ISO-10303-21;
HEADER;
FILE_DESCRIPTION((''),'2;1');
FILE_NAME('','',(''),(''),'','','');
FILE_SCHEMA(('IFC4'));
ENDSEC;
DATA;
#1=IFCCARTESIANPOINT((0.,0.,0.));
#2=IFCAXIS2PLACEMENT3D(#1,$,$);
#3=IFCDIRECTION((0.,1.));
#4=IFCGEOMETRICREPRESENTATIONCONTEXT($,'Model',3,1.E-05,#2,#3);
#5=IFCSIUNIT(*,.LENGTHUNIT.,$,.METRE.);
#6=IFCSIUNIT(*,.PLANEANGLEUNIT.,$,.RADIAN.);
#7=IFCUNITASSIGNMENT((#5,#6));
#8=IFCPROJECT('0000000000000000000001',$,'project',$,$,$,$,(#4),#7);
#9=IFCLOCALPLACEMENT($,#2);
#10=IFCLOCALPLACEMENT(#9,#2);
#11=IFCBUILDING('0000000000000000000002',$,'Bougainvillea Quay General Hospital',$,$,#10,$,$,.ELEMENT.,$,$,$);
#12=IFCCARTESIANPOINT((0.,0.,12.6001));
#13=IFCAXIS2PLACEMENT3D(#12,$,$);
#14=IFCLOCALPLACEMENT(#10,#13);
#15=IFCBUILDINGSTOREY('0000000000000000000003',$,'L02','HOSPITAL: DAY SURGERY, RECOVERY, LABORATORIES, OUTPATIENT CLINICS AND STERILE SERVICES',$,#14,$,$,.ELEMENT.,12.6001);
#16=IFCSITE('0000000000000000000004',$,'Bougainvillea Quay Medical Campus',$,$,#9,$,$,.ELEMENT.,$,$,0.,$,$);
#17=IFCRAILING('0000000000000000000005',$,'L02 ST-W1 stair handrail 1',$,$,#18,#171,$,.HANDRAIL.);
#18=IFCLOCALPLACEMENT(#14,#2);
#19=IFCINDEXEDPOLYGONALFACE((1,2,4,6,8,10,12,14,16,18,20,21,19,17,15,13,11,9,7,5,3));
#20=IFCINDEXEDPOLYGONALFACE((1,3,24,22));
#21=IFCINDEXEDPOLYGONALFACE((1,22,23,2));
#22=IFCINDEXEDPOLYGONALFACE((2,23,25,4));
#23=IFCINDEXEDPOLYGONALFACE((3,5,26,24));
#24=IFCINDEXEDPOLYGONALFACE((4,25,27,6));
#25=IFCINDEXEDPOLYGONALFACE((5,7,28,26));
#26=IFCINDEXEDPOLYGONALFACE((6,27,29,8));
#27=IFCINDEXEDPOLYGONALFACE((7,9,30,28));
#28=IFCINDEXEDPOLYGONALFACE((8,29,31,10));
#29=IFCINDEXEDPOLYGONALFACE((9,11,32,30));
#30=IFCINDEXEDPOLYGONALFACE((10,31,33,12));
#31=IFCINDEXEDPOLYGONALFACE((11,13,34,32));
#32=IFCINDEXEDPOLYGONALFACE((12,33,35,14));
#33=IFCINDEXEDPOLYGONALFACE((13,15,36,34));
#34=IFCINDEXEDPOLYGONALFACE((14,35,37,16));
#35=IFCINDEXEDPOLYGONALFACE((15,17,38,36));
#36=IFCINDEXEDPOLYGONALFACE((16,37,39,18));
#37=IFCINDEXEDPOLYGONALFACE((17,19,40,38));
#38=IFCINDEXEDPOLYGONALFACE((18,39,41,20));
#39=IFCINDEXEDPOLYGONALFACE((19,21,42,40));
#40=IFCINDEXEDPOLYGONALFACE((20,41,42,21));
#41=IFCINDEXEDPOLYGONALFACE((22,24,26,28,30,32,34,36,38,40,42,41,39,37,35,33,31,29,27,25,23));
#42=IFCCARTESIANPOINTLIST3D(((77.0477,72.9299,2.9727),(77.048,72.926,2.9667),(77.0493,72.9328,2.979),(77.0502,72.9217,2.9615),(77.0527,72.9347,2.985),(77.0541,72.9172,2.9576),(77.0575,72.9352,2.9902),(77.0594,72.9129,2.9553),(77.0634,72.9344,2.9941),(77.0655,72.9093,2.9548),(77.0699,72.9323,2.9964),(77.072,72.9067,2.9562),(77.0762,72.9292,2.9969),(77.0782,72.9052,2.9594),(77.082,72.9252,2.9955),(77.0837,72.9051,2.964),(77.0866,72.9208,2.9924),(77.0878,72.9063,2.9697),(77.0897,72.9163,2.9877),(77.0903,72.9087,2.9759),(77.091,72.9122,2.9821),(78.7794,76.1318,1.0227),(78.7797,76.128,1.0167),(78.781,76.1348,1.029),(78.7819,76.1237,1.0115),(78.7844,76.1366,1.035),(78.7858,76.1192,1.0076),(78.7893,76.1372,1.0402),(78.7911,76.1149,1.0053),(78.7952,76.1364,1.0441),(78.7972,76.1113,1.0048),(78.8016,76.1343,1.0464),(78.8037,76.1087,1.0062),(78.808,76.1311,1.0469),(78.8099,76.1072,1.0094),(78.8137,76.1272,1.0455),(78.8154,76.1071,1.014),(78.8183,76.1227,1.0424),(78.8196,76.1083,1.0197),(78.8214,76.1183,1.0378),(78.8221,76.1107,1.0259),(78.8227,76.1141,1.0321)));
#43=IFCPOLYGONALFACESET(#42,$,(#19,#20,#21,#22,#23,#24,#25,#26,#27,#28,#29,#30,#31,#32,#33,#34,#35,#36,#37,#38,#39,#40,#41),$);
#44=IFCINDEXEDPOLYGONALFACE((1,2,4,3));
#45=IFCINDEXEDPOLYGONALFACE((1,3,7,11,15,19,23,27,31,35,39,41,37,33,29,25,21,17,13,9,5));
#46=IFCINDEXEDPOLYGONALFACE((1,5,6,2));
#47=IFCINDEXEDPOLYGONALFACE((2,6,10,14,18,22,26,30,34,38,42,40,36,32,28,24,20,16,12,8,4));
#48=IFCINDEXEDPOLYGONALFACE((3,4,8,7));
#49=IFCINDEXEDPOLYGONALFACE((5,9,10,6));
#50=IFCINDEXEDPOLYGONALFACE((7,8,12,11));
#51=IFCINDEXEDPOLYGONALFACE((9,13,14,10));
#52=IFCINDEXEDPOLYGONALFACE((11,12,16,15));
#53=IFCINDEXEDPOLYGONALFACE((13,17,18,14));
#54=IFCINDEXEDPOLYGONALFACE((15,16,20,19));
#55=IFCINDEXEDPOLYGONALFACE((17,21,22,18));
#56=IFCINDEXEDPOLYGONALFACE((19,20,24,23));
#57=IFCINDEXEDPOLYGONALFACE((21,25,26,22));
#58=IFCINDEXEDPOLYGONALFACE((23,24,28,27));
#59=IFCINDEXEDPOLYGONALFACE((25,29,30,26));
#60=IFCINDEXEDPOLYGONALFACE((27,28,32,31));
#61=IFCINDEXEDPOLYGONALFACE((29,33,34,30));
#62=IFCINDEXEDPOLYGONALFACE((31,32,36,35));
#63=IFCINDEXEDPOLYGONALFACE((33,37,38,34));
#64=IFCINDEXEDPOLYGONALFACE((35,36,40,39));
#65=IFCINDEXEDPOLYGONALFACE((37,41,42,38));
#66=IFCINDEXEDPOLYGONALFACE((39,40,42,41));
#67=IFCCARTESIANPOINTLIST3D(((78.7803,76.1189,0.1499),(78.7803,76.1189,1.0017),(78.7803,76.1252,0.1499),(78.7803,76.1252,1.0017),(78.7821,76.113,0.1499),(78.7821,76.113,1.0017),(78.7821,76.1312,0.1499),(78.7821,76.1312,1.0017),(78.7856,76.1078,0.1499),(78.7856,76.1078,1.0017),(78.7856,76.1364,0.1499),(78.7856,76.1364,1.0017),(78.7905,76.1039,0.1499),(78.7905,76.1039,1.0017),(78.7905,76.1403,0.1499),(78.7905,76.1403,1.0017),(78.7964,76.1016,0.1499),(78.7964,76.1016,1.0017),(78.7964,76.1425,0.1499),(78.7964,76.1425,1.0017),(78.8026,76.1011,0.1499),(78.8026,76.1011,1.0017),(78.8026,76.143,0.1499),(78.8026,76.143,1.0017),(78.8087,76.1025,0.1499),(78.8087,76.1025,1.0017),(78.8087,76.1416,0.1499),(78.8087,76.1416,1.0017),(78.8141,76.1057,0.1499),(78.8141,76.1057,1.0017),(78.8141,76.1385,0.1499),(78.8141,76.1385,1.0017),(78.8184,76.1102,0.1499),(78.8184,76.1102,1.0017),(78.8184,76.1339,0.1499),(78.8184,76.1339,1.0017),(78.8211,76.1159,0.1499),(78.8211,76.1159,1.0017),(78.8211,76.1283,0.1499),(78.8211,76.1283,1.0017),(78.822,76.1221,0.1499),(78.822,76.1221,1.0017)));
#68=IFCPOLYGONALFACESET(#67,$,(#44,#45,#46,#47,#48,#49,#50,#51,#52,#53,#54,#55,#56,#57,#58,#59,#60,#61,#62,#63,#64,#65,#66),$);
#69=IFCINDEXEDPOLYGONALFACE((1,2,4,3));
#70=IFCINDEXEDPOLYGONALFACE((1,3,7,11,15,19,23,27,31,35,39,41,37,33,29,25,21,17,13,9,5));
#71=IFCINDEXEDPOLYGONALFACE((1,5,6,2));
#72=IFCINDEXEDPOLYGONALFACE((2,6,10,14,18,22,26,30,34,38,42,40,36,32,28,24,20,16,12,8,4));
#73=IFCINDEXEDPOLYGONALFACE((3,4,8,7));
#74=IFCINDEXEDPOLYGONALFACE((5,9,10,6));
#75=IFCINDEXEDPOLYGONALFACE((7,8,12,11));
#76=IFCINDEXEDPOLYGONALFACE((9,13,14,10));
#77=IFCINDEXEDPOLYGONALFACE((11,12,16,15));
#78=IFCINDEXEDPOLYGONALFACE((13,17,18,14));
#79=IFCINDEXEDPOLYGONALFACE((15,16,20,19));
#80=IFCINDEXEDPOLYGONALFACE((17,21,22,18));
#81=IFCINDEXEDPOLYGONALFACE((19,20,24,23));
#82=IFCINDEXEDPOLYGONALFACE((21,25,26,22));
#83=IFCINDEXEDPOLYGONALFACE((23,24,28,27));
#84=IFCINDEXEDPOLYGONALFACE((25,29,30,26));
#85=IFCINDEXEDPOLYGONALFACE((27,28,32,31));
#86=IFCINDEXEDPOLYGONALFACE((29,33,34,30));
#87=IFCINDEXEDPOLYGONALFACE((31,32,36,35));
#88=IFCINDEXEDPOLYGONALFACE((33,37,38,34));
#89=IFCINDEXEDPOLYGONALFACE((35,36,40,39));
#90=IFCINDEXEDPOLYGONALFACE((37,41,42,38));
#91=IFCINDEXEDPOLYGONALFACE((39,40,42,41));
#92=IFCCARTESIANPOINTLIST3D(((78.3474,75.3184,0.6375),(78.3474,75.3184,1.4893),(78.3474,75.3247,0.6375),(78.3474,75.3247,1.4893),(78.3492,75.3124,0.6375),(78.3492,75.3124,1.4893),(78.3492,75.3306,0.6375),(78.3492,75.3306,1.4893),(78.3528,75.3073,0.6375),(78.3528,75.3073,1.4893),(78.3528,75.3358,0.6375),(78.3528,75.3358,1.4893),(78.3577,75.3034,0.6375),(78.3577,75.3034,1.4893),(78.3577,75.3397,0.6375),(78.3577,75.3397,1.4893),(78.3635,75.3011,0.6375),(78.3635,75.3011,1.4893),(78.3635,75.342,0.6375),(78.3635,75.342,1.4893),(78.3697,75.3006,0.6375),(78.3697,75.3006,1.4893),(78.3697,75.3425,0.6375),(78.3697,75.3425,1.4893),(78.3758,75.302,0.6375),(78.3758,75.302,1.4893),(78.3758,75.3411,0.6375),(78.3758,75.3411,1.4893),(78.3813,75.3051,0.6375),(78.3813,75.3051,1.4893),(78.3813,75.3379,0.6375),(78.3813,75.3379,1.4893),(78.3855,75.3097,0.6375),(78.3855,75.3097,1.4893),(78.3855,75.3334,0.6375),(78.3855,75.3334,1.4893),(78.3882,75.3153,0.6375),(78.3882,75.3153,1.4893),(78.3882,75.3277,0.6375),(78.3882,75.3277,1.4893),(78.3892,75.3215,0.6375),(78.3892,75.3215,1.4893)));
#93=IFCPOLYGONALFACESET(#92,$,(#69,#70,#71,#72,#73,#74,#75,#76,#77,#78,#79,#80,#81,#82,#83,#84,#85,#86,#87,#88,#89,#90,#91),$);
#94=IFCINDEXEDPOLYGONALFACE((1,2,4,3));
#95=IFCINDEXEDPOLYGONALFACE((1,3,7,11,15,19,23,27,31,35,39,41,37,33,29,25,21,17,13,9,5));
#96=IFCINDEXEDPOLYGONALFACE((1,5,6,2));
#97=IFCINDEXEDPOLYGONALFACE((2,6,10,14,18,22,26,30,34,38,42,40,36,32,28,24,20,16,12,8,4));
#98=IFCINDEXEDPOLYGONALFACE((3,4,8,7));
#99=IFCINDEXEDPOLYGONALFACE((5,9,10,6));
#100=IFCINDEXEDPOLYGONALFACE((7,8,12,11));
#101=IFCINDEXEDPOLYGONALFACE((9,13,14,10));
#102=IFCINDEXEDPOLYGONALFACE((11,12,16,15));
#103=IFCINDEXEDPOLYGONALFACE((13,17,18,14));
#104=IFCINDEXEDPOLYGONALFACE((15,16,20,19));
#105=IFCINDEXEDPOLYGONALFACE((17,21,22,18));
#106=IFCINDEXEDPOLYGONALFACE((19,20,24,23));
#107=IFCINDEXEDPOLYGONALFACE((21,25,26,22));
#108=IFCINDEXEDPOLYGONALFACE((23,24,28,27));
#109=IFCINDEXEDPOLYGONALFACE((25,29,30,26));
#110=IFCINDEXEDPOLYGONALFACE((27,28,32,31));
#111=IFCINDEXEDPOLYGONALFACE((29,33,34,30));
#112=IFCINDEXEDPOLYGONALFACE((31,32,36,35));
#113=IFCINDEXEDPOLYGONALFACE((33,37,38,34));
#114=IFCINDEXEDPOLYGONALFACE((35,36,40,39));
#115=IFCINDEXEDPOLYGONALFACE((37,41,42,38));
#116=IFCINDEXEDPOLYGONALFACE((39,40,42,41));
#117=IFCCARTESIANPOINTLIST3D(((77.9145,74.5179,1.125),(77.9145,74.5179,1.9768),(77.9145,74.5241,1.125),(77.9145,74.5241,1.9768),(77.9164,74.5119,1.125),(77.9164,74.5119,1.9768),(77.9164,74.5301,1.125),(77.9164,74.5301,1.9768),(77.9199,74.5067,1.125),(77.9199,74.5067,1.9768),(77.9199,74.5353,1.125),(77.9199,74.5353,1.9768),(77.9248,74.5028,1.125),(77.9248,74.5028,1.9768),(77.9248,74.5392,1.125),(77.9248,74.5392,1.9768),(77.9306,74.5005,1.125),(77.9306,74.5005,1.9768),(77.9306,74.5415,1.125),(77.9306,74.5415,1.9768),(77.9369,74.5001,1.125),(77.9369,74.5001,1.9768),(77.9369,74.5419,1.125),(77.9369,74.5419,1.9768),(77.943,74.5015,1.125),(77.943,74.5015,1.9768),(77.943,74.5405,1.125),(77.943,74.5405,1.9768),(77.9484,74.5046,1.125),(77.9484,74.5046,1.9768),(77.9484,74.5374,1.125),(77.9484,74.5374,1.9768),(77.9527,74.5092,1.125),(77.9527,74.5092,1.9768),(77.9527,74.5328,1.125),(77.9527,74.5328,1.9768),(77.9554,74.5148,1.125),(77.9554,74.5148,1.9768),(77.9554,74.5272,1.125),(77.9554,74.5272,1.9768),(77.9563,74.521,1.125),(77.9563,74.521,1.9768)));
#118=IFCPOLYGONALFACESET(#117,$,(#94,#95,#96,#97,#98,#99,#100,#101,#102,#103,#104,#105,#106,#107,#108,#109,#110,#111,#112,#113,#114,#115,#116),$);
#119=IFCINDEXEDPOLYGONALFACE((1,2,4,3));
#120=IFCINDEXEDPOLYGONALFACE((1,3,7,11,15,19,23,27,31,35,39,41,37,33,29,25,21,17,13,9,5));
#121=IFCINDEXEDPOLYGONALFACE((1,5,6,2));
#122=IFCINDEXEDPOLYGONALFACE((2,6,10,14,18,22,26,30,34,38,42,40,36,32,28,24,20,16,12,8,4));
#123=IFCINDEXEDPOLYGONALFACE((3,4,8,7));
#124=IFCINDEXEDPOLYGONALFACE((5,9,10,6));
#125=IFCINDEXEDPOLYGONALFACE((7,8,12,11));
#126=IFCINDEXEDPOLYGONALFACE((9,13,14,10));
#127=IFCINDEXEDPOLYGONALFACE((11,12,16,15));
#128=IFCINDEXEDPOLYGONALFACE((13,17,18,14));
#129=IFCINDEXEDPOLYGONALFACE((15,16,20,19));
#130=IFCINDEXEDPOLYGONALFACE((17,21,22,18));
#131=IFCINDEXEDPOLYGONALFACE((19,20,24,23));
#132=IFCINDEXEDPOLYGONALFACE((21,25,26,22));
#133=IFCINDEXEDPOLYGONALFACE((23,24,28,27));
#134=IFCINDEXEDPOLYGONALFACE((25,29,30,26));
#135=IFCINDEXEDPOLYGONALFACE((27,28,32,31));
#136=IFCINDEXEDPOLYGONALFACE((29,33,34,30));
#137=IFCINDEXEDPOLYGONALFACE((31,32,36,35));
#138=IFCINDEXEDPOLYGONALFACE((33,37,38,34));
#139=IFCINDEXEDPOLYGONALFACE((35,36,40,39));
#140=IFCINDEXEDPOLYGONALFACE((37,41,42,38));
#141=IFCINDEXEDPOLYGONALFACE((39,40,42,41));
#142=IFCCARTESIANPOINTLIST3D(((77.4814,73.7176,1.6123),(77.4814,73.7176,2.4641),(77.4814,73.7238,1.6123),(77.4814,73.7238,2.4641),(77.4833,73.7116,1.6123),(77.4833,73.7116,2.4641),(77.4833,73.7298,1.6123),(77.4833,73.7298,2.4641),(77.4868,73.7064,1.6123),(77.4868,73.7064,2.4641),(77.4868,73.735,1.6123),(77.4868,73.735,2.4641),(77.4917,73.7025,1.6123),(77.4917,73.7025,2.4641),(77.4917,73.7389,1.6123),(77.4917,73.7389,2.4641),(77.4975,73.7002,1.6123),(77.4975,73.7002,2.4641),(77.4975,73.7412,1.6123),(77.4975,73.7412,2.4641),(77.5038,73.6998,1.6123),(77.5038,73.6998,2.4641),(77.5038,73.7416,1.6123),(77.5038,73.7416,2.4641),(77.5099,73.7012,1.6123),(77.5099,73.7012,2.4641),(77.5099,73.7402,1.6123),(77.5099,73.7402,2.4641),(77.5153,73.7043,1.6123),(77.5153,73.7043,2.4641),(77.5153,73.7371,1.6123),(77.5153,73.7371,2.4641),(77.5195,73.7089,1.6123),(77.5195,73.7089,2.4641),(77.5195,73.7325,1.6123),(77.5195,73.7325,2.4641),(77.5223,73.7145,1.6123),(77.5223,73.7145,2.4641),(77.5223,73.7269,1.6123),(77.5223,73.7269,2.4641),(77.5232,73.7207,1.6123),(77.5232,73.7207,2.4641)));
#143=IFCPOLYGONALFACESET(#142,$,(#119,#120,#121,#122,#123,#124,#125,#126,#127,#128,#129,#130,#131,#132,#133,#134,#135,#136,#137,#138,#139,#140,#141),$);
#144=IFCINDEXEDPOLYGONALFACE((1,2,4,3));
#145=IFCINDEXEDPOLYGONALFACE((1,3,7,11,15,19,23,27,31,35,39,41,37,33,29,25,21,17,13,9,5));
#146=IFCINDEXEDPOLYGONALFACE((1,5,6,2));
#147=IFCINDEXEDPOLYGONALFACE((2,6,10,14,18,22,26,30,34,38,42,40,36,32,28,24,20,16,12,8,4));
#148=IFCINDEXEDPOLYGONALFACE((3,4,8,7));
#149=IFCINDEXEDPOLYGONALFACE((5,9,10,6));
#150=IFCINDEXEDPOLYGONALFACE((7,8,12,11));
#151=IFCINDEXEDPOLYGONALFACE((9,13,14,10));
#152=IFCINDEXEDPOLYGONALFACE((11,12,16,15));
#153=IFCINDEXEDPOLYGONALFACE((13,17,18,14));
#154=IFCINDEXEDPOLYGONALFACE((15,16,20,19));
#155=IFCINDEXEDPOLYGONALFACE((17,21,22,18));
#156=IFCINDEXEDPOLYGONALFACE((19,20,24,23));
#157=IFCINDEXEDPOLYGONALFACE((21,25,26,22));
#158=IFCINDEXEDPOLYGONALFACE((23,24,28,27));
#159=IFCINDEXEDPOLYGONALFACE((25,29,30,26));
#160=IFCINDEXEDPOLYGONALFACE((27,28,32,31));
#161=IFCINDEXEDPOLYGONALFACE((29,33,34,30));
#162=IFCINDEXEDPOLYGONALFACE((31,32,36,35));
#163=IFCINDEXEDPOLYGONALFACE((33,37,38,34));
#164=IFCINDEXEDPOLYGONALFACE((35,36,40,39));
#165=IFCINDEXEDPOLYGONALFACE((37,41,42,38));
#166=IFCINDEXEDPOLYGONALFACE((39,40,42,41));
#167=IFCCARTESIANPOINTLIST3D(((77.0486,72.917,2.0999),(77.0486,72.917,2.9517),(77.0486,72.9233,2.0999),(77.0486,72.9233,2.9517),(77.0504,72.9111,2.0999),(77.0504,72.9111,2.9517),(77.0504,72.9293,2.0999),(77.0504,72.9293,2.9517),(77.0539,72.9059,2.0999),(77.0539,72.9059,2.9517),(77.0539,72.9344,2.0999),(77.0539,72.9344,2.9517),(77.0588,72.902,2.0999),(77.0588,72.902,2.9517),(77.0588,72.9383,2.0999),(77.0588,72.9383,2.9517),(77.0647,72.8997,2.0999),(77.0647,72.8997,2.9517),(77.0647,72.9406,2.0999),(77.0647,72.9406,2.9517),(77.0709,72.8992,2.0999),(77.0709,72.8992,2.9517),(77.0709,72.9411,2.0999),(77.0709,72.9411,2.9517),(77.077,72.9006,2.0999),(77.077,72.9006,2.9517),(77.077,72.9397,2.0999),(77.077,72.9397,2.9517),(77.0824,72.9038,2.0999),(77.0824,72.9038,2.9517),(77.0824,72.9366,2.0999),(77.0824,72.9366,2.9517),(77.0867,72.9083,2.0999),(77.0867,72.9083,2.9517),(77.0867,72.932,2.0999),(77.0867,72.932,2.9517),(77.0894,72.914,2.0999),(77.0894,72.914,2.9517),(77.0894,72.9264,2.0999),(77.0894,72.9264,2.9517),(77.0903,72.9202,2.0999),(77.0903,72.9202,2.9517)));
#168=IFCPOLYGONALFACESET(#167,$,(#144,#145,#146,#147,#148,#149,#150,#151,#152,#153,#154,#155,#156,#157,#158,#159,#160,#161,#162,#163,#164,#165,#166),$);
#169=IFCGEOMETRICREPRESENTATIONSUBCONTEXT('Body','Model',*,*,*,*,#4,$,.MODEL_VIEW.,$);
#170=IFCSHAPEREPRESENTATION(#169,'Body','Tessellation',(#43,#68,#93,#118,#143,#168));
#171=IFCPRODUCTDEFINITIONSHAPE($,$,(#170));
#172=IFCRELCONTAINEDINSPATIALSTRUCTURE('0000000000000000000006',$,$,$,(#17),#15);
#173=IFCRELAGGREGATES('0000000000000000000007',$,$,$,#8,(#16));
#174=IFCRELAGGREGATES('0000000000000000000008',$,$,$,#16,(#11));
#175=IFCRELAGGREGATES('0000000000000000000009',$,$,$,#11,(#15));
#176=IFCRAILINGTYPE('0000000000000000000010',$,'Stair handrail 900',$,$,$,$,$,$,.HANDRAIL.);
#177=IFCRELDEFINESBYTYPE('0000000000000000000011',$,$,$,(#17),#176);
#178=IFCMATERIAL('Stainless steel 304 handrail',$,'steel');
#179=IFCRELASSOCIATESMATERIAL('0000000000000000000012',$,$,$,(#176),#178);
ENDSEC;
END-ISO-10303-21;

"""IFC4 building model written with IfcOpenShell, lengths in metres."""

from ifc_helpers import new_model, si_unit, direction, frame, origin, origin_2d, place, context, subcontext, project, spatial, circle, extrude, material, type_object, element, save


model = new_model("IFC4")

# Units and contexts
model_context = context("Model", 3, precision=1e-05, world=origin(), true_north=direction((0.0, 1.0)))
body_context = subcontext(model_context, "Body", "Model", "MODEL_VIEW")
ifc_project = project(units=[si_unit("LENGTHUNIT", "METRE"), si_unit("PLANEANGLEUNIT", "RADIAN")], contexts=[model_context])

# Site, building, storey
site_placement = place(None, origin())
site = spatial("IfcSite", under=ifc_project, at=site_placement, Name="Bougainvillea Quay Medical Campus", CompositionType="ELEMENT", RefElevation=0.0)
building_placement = place(site_placement, origin())
building = spatial("IfcBuilding", under=site, at=building_placement, Name="Bougainvillea Quay General Hospital", CompositionType="ELEMENT")
storey_placement = place(building_placement, frame((0.0, 0.0, 12.6001)))
storey = spatial("IfcBuildingStorey", under=building, at=storey_placement, Name="L02", Description="HOSPITAL: DAY SURGERY, RECOVERY, LABORATORIES, OUTPATIENT CLINICS AND STERILE SERVICES", CompositionType="ELEMENT", Elevation=12.6001)

# Railing
ifc_material_1 = material(Name="Stainless steel 304 handrail", Category="steel")
railing_type_1 = type_object("IfcRailingType", Name="Stair handrail 900", PredefinedType="HANDRAIL", material=ifc_material_1)
railing_1_placement = place(storey_placement, frame((78.801, 76.1221, 0.1499)))
element("IfcRailing", 1, at=railing_1_placement, inside=storey, type_object=railing_type_1, Name="L02 ST-W1 stair handrail 1", PredefinedType="HANDRAIL", context=body_context, shape_type="SweptSolid", body=[
    extrude(circle(Radius=0.0239, at=origin_2d()), frame((0.0, 0.0, 0.876), z_axis=(-0.41934, -0.775362, 0.472194), x_axis=(0.8796, -0.475715, 0.0)), (0.0, 0.0, 1.0), 4.1296),
    extrude(circle(Radius=0.021, at=origin_2d()), origin(), (0.0, 0.0, 1.0), 0.8518),
    extrude(circle(Radius=0.021, at=origin_2d()), frame((-0.4329, -0.8005, 0.4875)), (0.0, 0.0, 1.0), 0.8518),
    extrude(circle(Radius=0.021, at=origin_2d()), frame((-0.8657, -1.6011, 0.9751)), (0.0, 0.0, 1.0), 0.8518),
    extrude(circle(Radius=0.021, at=origin_2d()), frame((-1.2988, -2.4014, 1.4624)), (0.0, 0.0, 1.0), 0.8518),
    extrude(circle(Radius=0.021, at=origin_2d()), frame((-1.7317, -3.2019, 1.95)), (0.0, 0.0, 1.0), 0.8518),
])

save(model, "model.ifc")
